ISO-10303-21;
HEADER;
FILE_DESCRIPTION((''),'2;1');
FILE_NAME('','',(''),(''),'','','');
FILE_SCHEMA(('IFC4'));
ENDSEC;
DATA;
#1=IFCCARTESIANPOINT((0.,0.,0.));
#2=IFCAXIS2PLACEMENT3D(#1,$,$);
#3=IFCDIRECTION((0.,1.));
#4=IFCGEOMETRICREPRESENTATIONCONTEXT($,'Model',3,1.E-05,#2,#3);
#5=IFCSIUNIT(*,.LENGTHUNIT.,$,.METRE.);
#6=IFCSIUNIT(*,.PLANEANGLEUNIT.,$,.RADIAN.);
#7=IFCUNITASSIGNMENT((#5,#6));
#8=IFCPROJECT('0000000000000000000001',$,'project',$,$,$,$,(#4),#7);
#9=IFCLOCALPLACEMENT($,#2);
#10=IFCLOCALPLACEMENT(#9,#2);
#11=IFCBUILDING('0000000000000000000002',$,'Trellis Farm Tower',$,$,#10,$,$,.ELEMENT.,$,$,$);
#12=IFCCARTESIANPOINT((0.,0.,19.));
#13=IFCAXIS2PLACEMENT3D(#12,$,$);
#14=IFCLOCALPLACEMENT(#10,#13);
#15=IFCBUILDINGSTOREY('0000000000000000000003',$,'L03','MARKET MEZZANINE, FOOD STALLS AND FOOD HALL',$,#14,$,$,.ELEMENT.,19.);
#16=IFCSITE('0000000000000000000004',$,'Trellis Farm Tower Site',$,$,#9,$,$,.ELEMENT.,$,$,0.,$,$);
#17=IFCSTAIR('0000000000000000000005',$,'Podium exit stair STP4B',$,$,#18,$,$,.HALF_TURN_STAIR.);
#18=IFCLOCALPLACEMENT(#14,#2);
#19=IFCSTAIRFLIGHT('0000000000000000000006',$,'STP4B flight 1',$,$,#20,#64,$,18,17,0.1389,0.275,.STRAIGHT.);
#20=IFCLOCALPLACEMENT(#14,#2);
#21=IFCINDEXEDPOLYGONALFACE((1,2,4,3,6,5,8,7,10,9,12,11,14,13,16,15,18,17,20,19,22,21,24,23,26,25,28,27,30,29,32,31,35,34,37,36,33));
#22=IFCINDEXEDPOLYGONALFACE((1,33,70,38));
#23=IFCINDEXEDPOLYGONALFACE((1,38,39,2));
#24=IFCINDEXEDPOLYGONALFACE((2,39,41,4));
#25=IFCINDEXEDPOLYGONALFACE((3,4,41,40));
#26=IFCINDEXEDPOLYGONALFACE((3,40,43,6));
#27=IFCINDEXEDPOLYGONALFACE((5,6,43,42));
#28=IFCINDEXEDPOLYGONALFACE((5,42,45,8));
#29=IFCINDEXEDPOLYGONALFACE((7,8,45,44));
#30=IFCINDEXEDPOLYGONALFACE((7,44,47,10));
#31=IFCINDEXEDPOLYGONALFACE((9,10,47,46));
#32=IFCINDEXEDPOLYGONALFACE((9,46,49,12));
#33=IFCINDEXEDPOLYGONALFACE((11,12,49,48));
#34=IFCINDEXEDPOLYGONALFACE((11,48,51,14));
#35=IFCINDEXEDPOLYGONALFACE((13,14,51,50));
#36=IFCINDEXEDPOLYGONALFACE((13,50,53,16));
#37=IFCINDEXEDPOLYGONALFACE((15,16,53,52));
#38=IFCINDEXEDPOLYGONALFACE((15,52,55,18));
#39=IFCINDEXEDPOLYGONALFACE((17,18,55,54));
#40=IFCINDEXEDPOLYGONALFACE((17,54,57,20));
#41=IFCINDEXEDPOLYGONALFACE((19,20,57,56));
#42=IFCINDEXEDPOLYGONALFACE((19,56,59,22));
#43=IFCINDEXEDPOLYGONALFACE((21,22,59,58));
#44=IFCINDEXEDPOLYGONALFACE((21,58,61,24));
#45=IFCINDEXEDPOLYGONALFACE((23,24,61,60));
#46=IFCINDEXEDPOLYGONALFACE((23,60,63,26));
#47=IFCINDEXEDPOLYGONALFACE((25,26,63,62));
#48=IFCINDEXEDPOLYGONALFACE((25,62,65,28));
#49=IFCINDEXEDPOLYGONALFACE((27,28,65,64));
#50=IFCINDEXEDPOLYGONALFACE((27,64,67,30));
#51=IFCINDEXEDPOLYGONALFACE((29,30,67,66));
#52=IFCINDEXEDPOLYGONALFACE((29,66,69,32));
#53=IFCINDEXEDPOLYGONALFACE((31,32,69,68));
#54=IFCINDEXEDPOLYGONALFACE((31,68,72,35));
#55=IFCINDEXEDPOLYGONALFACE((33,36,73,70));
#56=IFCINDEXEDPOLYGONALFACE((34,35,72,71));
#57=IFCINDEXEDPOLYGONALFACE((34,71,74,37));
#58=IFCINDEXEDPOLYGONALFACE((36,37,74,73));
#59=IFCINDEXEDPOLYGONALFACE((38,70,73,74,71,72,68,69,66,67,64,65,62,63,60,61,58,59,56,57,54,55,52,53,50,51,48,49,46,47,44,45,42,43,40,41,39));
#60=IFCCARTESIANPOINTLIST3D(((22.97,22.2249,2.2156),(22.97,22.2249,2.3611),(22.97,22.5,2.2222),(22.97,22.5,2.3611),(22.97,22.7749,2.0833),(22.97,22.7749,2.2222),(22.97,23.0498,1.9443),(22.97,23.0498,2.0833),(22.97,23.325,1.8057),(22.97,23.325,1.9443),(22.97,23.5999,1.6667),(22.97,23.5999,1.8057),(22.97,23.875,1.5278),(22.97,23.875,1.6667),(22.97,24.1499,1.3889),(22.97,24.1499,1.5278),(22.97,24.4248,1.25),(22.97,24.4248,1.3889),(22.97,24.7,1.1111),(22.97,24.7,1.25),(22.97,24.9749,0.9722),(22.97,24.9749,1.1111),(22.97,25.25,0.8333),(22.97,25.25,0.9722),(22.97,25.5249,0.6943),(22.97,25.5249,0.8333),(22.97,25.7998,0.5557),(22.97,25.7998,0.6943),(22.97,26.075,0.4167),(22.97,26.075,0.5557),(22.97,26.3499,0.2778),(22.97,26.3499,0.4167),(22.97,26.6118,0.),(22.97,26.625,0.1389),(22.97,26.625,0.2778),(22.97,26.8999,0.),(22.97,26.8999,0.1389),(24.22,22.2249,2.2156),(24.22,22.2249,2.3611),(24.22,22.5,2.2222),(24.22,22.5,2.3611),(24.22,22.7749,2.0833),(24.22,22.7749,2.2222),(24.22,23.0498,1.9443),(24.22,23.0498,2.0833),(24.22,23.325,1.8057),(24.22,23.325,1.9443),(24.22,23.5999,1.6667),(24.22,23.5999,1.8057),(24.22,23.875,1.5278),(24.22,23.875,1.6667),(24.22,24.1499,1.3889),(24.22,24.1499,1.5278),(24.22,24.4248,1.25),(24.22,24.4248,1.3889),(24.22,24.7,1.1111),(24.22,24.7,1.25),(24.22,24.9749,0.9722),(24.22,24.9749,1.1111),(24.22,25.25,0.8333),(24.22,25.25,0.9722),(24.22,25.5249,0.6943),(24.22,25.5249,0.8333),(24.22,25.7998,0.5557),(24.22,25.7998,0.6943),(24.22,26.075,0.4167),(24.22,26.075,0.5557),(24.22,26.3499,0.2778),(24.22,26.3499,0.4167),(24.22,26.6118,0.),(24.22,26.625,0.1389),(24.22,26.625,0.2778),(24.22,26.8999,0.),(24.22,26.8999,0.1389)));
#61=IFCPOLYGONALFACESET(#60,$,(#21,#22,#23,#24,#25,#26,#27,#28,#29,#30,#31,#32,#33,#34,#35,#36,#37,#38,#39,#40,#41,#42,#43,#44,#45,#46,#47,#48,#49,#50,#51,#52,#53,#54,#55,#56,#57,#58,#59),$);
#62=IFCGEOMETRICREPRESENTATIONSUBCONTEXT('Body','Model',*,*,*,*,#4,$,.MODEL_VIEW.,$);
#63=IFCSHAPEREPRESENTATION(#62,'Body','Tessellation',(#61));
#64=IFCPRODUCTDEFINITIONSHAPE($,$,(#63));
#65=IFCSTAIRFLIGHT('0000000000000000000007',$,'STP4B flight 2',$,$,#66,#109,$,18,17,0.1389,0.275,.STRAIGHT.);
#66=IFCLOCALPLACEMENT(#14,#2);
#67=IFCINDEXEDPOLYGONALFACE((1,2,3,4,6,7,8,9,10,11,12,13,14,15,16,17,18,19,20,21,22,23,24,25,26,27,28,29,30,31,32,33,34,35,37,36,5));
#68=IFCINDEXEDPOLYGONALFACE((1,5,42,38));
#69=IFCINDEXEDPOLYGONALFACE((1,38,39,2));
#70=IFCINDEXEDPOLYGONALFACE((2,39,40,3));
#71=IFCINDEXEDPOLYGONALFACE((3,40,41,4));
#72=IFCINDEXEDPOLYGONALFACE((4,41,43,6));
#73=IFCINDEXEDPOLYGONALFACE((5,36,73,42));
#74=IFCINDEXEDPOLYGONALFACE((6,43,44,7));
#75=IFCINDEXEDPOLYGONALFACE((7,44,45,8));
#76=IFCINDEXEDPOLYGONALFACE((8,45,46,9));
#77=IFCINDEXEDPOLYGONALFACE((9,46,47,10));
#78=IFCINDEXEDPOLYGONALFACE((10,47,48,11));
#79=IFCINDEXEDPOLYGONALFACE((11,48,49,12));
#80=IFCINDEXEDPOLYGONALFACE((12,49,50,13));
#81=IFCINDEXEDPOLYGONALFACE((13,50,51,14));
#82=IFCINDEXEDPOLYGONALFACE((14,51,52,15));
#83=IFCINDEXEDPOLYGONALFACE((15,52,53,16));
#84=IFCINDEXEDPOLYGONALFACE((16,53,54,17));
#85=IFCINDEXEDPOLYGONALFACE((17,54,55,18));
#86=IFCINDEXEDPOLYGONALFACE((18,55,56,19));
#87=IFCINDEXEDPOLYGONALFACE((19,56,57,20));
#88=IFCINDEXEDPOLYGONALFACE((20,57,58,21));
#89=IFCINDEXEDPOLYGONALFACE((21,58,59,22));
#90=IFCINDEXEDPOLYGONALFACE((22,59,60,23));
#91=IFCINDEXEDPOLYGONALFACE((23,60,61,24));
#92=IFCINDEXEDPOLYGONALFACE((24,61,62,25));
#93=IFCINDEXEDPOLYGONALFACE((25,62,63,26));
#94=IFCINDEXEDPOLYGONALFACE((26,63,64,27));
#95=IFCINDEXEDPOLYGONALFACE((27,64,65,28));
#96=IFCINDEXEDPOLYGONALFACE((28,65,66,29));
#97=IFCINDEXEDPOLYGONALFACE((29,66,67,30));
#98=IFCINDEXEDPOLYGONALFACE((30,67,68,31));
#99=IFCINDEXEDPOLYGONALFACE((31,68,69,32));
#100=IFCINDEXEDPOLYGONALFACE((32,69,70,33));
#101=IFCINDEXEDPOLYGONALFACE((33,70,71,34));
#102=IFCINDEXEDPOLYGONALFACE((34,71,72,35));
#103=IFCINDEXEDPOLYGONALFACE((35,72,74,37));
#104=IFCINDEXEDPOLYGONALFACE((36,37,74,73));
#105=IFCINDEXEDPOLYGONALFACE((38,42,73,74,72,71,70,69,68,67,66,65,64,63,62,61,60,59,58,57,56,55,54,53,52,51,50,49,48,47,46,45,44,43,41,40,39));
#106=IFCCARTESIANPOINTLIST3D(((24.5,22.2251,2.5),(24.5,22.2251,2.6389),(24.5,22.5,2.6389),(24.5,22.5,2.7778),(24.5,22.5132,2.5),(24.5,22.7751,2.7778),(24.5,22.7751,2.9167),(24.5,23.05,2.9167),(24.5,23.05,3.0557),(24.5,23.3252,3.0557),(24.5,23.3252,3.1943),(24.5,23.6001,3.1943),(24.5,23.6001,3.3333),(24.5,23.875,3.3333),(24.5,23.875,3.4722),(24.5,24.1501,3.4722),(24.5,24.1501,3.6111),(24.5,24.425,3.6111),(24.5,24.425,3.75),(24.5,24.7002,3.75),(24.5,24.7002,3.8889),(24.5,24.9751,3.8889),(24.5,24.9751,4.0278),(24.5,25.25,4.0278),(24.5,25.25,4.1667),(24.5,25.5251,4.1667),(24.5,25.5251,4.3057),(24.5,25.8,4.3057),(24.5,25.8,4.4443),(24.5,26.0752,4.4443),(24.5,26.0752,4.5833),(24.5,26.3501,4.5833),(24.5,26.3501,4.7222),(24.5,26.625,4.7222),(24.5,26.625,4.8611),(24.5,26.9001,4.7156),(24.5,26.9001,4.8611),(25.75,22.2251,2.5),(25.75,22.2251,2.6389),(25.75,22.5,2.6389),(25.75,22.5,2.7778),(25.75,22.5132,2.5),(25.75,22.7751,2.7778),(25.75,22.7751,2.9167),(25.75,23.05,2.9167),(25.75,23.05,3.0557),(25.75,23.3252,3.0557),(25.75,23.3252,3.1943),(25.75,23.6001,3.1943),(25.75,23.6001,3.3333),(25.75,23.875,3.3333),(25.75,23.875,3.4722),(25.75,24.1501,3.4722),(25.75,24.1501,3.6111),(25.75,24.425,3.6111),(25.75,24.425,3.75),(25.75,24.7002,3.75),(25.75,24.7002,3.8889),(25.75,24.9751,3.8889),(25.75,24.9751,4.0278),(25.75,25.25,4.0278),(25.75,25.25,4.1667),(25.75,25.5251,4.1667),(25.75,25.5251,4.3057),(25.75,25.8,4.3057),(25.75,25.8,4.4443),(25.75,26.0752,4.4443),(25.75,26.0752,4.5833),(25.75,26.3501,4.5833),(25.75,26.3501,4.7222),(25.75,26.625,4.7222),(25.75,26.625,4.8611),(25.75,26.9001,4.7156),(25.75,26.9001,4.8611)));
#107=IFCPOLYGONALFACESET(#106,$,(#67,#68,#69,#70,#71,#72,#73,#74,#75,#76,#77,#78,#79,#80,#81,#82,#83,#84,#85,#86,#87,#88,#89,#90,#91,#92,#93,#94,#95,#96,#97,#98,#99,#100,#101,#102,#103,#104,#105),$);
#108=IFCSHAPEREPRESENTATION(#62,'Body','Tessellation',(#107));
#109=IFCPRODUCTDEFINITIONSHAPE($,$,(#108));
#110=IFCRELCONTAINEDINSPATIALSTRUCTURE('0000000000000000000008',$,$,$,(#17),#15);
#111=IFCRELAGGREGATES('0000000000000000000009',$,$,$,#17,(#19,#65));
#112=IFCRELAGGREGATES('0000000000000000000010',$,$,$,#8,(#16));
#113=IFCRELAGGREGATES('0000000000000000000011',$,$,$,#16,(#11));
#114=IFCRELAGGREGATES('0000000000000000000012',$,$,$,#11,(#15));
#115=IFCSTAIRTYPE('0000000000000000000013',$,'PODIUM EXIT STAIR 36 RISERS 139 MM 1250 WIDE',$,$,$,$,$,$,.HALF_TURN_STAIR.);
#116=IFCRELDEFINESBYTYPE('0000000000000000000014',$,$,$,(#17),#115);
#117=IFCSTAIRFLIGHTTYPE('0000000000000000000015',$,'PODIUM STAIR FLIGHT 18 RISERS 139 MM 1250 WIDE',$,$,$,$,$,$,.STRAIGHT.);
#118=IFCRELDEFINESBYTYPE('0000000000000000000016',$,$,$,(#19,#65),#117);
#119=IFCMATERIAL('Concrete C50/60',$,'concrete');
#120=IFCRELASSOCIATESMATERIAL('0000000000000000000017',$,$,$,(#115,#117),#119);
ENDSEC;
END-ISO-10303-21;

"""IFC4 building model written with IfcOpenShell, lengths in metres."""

from ifc_helpers import new_model, si_unit, direction, frame, origin, place, context, subcontext, project, spatial, polyline, outline, extrude, source, transform, mapped, material, type_object, element, aggregate, save


model = new_model("IFC4")

# Units and contexts
model_context = context("Model", 3, precision=1e-05, world=origin(), true_north=direction((0.0, 1.0)))
body_context = subcontext(model_context, "Body", "Model", "MODEL_VIEW")
ifc_project = project(units=[si_unit("LENGTHUNIT", "METRE"), si_unit("PLANEANGLEUNIT", "RADIAN")], contexts=[model_context])

# Site, building, storey
site_placement = place(None, origin())
site = spatial("IfcSite", under=ifc_project, at=site_placement, Name="Trellis Farm Tower Site", CompositionType="ELEMENT", RefElevation=0.0)
building_placement = place(site_placement, origin())
building = spatial("IfcBuilding", under=site, at=building_placement, Name="Trellis Farm Tower", CompositionType="ELEMENT")
storey_placement = place(building_placement, frame((0.0, 0.0, 19.0)))
storey = spatial("IfcBuildingStorey", under=building, at=storey_placement, Name="L03", Description="MARKET MEZZANINE, FOOD STALLS AND FOOD HALL", CompositionType="ELEMENT", Elevation=19.0)

# Stair, stair flights
ifc_material_1 = material(Name="Concrete C50/60", Category="concrete")
stair_type = type_object("IfcStairType", Name="PODIUM EXIT STAIR 36 RISERS 139 MM 1250 WIDE", PredefinedType="HALF_TURN_STAIR", material=ifc_material_1)
stair_placement = place(storey_placement, origin())
stair = element("IfcStair", 1, at=stair_placement, inside=storey, type_object=stair_type, Name="Podium exit stair STP4B", PredefinedType="HALF_TURN_STAIR")
stair_flight_type = type_object("IfcStairFlightType", Name="PODIUM STAIR FLIGHT 18 RISERS 139 MM 1250 WIDE", PredefinedType="STRAIGHT", material=ifc_material_1)
shared_shape_1 = source(origin(), body_context, "Body", "SweptSolid", [
    extrude(outline(polyline([(0.0, 0.0), (0.0, 0.1389), (0.2749, 0.1389), (0.2749, 0.2778), (0.55, 0.2778), (0.55, 0.4167), (0.825, 0.4167), (0.825, 0.5557), (1.1001, 0.5557), (1.1001, 0.6943), (1.375, 0.6943), (1.375, 0.8333), (1.6499, 0.8333), (1.6499, 0.9722), (1.925, 0.9722), (1.925, 1.1111), (2.2, 1.1111), (2.2, 1.25), (2.4751, 1.25), (2.4751, 1.3889), (2.75, 1.3889), (2.75, 1.5278), (3.0249, 1.5278), (3.0249, 1.6667), (3.3, 1.6667), (3.3, 1.8057), (3.575, 1.8057), (3.575, 1.9443), (3.8501, 1.9443), (3.8501, 2.0833), (4.125, 2.0833), (4.125, 2.2222), (4.3999, 2.2222), (4.3999, 2.3611), (4.675, 2.3611), (4.675, 2.5), (4.675, 2.2156), (0.2881, 0.0), (0.0, 0.0)])), frame((0.0, 0.625, 0.0), z_axis=(0.0, -1.0, 0.0), x_axis=(1.0, 0.0, 0.0)), (0.0, 0.0, 1.0), 1.25),
])
stair_flight_1_placement = place(storey_placement, frame((23.595, 26.8999, 0.0), z_axis=(0.0, 0.0, 1.0), x_axis=(0.0, -1.0, 0.0)))
stair_flight_1 = element("IfcStairFlight", 2, at=stair_flight_1_placement, type_object=stair_flight_type, Name="STP4B flight 1", NumberOfRisers=18, NumberOfTreads=17, PredefinedType="STRAIGHT", RiserHeight=0.1389, TreadLength=0.275, context=body_context, shape_type="MappedRepresentation", body=[
    mapped(shared_shape_1, transform((0.0, 0.0, 0.0))),
])
stair_flight_2_placement = place(storey_placement, frame((25.125, 22.2251, 2.5), z_axis=(0.0, 0.0, 1.0), x_axis=(0.0, 1.0, 0.0)))
stair_flight_2 = element("IfcStairFlight", 3, at=stair_flight_2_placement, type_object=stair_flight_type, Name="STP4B flight 2", NumberOfRisers=18, NumberOfTreads=17, PredefinedType="STRAIGHT", RiserHeight=0.1389, TreadLength=0.275, context=body_context, shape_type="MappedRepresentation", body=[
    mapped(shared_shape_1, transform((0.0, 0.0, 0.0))),
])
aggregate(stair, [stair_flight_1, stair_flight_2])

save(model, "model.ifc")
